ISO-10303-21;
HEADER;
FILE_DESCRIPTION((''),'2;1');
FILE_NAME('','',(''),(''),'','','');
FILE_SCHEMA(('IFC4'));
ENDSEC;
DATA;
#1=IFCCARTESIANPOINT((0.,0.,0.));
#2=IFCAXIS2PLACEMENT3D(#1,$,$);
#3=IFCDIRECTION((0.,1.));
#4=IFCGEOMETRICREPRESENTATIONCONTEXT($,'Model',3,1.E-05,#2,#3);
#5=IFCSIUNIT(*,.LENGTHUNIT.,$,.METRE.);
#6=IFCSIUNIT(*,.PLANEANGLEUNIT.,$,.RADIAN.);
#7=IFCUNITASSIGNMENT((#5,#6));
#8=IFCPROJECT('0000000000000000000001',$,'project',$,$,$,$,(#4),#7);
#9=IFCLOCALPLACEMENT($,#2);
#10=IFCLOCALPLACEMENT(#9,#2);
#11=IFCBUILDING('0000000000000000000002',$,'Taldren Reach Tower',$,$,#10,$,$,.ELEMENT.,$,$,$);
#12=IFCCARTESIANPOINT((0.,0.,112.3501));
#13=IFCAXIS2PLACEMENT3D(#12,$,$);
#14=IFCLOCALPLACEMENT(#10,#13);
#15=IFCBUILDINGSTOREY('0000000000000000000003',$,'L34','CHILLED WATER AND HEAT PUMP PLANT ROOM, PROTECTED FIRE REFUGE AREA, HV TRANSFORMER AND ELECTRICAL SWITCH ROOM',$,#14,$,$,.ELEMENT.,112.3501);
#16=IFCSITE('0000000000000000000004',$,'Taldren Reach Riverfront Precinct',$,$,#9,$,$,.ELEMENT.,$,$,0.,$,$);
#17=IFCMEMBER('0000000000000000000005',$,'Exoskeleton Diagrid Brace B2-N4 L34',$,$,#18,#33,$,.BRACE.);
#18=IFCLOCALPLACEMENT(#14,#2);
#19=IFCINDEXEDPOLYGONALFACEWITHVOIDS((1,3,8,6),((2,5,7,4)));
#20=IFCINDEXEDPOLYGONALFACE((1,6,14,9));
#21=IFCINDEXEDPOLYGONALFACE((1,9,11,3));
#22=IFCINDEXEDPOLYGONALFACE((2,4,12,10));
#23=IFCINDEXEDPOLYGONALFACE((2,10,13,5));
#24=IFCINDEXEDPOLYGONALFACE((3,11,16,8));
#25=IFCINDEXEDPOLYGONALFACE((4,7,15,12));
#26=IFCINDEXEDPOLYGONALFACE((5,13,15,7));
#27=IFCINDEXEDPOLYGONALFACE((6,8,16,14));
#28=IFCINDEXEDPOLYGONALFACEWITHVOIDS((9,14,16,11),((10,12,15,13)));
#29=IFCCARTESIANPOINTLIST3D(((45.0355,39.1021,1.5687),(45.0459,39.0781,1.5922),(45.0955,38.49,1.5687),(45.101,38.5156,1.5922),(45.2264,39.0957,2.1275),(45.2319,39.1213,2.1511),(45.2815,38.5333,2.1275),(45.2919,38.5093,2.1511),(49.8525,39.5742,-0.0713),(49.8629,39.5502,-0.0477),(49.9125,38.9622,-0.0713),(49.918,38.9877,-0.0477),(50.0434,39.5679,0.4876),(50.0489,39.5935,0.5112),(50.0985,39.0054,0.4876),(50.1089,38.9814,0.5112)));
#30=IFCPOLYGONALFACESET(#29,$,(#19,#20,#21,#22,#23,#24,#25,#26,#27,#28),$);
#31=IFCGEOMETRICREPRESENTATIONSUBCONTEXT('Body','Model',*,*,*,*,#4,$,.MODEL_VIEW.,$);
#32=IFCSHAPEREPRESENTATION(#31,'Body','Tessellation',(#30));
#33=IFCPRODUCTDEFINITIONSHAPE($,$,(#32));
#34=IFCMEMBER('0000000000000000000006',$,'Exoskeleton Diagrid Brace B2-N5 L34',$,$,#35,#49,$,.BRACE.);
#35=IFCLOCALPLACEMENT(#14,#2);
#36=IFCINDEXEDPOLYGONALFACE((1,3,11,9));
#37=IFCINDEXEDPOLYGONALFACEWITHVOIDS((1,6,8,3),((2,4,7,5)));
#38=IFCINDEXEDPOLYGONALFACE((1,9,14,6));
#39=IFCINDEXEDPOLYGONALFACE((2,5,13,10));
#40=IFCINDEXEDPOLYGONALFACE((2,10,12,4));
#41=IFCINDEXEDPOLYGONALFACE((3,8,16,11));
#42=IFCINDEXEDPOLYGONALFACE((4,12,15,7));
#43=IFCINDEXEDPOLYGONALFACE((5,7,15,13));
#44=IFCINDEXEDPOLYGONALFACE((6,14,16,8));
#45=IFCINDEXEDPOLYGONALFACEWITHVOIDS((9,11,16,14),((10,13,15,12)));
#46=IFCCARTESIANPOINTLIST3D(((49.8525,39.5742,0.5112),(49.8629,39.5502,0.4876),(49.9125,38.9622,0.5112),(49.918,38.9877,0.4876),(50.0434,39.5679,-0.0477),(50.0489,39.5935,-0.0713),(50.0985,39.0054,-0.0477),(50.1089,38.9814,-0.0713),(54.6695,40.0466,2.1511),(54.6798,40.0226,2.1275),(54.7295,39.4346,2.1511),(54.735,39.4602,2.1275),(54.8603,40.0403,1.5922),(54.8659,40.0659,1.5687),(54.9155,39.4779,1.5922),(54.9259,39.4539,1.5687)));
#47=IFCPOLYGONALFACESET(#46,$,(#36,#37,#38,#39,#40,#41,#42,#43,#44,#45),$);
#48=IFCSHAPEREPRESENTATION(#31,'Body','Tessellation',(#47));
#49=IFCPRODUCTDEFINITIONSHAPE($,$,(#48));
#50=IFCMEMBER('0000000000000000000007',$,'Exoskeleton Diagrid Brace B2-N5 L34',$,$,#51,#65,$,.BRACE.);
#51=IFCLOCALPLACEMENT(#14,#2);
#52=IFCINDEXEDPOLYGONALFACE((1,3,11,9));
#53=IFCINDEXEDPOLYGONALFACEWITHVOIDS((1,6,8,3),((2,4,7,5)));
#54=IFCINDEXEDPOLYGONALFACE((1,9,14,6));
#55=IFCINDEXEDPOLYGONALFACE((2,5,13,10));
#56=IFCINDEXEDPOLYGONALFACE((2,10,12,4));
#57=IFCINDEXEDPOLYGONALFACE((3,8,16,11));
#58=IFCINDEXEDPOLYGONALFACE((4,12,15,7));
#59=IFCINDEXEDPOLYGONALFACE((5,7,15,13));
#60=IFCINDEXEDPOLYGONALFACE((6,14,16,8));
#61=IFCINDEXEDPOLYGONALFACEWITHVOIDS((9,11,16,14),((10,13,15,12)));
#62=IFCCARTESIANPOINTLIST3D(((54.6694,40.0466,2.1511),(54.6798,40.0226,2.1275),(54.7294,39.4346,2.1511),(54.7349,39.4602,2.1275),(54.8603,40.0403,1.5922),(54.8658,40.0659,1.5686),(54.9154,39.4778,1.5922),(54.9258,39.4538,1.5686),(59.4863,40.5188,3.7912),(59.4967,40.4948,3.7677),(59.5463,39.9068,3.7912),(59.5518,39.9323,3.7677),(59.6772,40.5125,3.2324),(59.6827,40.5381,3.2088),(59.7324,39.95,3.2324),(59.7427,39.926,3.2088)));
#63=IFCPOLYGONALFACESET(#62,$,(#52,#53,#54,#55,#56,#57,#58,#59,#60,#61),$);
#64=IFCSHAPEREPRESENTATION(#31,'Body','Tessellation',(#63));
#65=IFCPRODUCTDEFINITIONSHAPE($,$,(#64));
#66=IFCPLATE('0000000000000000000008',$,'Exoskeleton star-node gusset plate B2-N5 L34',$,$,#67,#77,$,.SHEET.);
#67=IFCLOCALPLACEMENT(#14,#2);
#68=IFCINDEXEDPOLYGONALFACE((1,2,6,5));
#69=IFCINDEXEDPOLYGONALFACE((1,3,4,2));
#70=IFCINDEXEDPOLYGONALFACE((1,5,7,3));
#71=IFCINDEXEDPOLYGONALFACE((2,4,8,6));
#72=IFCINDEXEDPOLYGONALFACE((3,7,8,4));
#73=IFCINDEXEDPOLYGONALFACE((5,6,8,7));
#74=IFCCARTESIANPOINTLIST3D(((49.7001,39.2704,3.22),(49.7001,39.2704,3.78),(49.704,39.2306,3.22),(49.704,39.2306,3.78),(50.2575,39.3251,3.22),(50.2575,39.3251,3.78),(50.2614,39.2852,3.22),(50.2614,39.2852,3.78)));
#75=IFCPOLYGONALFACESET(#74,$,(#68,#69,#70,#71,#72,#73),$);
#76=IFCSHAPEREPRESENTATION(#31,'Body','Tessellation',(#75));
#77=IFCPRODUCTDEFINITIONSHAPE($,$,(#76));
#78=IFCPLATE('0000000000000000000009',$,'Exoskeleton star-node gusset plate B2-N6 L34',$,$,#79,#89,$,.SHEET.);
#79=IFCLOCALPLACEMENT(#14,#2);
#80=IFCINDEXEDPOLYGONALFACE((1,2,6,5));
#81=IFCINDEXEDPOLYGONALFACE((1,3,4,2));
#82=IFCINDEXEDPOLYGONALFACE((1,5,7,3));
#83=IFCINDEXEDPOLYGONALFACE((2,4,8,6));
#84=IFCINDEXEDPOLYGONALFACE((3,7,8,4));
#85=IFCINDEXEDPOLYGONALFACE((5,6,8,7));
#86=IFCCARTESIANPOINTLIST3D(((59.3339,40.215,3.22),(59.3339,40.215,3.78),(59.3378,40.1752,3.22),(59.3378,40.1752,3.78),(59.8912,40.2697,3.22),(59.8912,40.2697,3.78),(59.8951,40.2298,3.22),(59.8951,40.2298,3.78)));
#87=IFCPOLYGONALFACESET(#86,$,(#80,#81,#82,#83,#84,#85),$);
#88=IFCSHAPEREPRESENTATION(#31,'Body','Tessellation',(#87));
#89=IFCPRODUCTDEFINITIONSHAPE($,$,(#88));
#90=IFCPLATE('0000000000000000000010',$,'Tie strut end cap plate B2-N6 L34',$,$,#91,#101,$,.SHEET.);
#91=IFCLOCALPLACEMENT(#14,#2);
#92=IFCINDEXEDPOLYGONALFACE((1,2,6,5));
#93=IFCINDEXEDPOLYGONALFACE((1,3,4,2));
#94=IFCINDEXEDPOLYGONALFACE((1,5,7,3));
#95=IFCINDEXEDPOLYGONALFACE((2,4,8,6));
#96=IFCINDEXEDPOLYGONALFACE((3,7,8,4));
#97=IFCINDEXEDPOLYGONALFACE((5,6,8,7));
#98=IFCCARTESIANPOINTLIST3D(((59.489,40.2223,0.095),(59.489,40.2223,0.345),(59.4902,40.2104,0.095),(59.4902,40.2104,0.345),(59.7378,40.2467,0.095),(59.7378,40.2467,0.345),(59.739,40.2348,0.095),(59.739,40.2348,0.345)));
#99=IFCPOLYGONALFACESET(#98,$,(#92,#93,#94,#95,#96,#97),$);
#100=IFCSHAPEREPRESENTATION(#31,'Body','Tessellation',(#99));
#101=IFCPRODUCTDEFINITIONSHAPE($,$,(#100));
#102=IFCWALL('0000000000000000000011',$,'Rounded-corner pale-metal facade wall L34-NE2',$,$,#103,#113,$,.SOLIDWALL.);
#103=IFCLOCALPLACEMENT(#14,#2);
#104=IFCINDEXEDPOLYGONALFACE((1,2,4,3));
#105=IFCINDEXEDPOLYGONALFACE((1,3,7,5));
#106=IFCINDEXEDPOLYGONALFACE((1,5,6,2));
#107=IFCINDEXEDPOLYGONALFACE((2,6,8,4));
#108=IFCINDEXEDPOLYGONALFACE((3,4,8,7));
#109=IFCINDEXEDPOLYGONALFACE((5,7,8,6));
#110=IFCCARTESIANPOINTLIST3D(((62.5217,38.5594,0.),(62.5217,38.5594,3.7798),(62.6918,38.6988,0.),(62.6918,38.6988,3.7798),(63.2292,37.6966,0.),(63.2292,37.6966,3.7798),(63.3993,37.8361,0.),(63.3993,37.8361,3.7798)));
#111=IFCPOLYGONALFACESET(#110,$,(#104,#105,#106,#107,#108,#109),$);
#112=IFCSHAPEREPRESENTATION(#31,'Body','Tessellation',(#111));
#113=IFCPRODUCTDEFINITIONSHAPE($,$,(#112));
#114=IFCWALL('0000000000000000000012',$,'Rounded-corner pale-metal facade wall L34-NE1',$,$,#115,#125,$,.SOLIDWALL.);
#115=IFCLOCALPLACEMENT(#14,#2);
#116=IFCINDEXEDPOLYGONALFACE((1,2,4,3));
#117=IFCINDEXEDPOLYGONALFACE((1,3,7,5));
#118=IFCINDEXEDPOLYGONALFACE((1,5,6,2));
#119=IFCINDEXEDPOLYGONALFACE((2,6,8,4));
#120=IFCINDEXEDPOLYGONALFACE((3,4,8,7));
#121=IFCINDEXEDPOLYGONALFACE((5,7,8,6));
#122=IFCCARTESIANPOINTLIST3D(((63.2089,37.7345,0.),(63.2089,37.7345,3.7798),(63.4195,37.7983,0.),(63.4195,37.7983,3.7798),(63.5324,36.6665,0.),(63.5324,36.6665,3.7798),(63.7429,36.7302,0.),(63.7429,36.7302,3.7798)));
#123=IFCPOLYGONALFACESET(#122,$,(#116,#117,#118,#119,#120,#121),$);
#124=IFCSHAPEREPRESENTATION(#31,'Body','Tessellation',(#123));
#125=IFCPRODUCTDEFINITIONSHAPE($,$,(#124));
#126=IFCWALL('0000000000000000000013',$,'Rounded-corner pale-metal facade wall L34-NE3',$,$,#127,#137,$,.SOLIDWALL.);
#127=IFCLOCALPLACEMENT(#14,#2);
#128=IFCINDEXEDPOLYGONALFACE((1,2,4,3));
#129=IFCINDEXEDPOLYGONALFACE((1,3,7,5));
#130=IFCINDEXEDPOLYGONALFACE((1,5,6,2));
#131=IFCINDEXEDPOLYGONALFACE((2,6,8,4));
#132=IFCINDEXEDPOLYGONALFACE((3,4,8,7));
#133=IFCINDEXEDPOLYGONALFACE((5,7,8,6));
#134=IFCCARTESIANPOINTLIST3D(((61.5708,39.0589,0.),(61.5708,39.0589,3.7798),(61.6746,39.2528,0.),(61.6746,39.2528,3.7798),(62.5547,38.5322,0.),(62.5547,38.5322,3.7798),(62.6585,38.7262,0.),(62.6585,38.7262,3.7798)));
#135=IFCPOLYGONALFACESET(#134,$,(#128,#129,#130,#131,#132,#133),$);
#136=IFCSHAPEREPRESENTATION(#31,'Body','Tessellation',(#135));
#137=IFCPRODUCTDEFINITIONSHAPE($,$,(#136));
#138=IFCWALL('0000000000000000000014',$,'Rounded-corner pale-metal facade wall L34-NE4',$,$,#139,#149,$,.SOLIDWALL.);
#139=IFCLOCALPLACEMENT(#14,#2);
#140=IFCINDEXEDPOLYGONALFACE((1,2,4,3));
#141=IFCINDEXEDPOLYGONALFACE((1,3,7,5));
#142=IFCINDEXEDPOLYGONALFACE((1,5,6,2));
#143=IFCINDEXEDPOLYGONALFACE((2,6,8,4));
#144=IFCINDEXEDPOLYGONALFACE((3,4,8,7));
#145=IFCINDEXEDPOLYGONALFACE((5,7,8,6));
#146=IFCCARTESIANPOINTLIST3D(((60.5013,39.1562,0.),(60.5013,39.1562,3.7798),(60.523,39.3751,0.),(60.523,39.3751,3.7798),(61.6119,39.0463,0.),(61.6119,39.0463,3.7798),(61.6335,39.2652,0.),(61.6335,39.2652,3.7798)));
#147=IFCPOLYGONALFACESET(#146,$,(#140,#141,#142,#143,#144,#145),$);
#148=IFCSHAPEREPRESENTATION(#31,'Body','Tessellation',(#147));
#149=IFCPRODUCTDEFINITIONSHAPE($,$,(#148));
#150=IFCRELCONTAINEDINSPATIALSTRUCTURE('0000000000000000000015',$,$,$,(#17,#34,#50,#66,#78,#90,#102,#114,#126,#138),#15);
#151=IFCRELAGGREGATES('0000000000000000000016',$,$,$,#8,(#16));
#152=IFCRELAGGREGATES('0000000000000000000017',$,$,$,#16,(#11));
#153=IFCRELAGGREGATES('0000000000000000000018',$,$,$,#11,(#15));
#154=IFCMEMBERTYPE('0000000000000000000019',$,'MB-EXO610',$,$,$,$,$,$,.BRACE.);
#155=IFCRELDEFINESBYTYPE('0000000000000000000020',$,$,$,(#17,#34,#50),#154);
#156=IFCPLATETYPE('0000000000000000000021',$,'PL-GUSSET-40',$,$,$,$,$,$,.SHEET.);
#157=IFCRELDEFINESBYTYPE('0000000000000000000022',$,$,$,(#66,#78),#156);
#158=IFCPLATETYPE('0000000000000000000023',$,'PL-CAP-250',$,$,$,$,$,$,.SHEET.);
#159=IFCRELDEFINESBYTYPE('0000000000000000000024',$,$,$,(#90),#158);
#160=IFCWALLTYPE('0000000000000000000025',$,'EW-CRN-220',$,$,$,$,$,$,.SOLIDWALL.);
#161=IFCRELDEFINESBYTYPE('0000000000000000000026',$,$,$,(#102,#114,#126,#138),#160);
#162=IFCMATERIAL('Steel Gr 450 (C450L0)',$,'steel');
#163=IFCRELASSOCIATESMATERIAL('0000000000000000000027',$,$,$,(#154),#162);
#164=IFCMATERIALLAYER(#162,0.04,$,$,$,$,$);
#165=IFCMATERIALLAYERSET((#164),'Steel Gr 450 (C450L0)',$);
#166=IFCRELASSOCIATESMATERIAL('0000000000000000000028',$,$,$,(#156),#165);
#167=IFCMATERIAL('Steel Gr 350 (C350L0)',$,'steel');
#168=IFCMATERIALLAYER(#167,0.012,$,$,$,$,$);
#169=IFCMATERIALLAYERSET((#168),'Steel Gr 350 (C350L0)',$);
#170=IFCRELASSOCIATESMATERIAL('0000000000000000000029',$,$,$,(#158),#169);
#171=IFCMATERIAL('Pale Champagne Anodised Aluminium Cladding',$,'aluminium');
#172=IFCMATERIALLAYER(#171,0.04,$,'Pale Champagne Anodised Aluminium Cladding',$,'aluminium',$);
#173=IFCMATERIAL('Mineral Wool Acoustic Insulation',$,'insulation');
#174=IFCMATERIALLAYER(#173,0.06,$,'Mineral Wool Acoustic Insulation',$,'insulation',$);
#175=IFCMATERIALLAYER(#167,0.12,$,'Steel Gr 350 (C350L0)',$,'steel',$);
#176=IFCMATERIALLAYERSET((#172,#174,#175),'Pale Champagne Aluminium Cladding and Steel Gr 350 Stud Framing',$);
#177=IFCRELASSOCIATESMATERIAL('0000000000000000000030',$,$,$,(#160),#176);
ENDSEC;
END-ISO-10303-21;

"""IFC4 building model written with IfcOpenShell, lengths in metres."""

from ifc_helpers import new_model, si_unit, direction, frame, frame_2d, origin, origin_2d, place, context, subcontext, project, spatial, rectangle, hollow_rectangle, extrude, source, transform, mapped, material, layer, layer_set, material_profile, profile_set, type_object, element, save


model = new_model("IFC4")

# Units and contexts
model_context = context("Model", 3, precision=1e-05, world=origin(), true_north=direction((0.0, 1.0)))
body_context = subcontext(model_context, "Body", "Model", "MODEL_VIEW")
ifc_project = project(units=[si_unit("LENGTHUNIT", "METRE"), si_unit("PLANEANGLEUNIT", "RADIAN")], contexts=[model_context])

# Site, building, storey
site_placement = place(None, origin())
site = spatial("IfcSite", under=ifc_project, at=site_placement, Name="Taldren Reach Riverfront Precinct", CompositionType="ELEMENT", RefElevation=0.0)
building_placement = place(site_placement, origin())
building = spatial("IfcBuilding", under=site, at=building_placement, Name="Taldren Reach Tower", CompositionType="ELEMENT")
storey_placement = place(building_placement, frame((0.0, 0.0, 112.3501)))
storey = spatial("IfcBuildingStorey", under=building, at=storey_placement, Name="L34", Description="CHILLED WATER AND HEAT PUMP PLANT ROOM, PROTECTED FIRE REFUGE AREA, HV TRANSFORMER AND ELECTRICAL SWITCH ROOM", CompositionType="ELEMENT", Elevation=112.3501)

# Shared definitions
ifc_material_1 = material(Name="Steel Gr 450 (C450L0)", Category="steel")
ifc_material_2 = material(Name="Steel Gr 350 (C350L0)", Category="steel")

# Members
ifc_material_profile_1 = material_profile(ifc_material_1, hollow_rectangle(XDim=0.615, YDim=0.615, WallThickness=0.0249, at=origin_2d()), Name="615x615x25.0SHS")
ifc_profile_set_1 = profile_set([ifc_material_profile_1], Name="Steel Gr 450 (C450L0)")
member_type_1 = type_object("IfcMemberType", Name="MB-EXO610", PredefinedType="BRACE", material=ifc_profile_set_1)
shared_shape_1 = source(origin(), body_context, "Body", "SweptSolid", [
    extrude(hollow_rectangle(XDim=0.615, YDim=0.615, WallThickness=0.0249, at=origin_2d()), origin(), (0.0, 0.0, 1.0), 5.1104),
])
for number, where, z_axis, x_axis, name in (
    (1, (49.9807, 39.2778, 0.22), (-0.942595, -0.092396, 0.320903), (0.097556, -0.99523, 0.0), "Exoskeleton Diagrid Brace B2-N4 L34"),
    (2, (49.9807, 39.2778, 0.22), (0.94259, 0.092444, 0.320901), (-0.097606, 0.995225, 0.0), "Exoskeleton Diagrid Brace B2-N5 L34"),
    (3, (54.7976, 39.7502, 1.8599), (0.94258, 0.092395, 0.320945), (-0.097556, 0.99523, 0.0), "Exoskeleton Diagrid Brace B2-N5 L34"),
):
    element("IfcMember", number, at=place(storey_placement, frame(where, z_axis=z_axis, x_axis=x_axis)), inside=storey, type_object=member_type_1, Name=name, PredefinedType="BRACE", context=body_context, shape_type="MappedRepresentation", body=[
        mapped(shared_shape_1, transform((0.0, 0.0, 0.0), scale=1.0)),
    ])

# Plates
ifc_layer_1 = layer(ifc_material_1, 0.04)
ifc_layer_set_1 = layer_set([ifc_layer_1], Name="Steel Gr 450 (C450L0)")
plate_type_1 = type_object("IfcPlateType", Name="PL-GUSSET-40", PredefinedType="SHEET", material=ifc_layer_set_1)
shared_shape_2 = source(origin(), body_context, "Body", "SweptSolid", [
    extrude(rectangle(XDim=0.5601, YDim=0.04, at=origin_2d()), origin(), (0.0, 0.0, 1.0), 0.5601),
])
for number, where, z_axis, x_axis, name in (
    (4, (49.9807, 39.2778, 3.22), (0.0, 0.0, 1.0), (0.995227, 0.097583, 0.0), "Exoskeleton star-node gusset plate B2-N5 L34"),
    (5, (59.6145, 40.2224, 3.22), (0.0, 0.0, 1.0), (0.995227, 0.097583, 0.0), "Exoskeleton star-node gusset plate B2-N6 L34"),
):
    element("IfcPlate", number, at=place(storey_placement, frame(where, z_axis=z_axis, x_axis=x_axis)), inside=storey, type_object=plate_type_1, Name=name, PredefinedType="SHEET", context=body_context, shape_type="MappedRepresentation", body=[
        mapped(shared_shape_2, transform((0.0, 0.0, 0.0), scale=1.0)),
    ])
ifc_layer_2 = layer(ifc_material_2, 0.012)
ifc_layer_set_2 = layer_set([ifc_layer_2], Name="Steel Gr 350 (C350L0)")
plate_type_2 = type_object("IfcPlateType", Name="PL-CAP-250", PredefinedType="SHEET", material=ifc_layer_set_2)
shared_shape_3 = source(origin(), body_context, "Body", "SweptSolid", [
    extrude(rectangle(XDim=0.25, YDim=0.012, at=origin_2d()), origin(), (0.0, 0.0, 1.0), 0.25),
])
plate_placement = place(storey_placement, frame((59.614, 40.2285, 0.095), z_axis=(0.0, 0.0, 1.0), x_axis=(0.995227, 0.097583, 0.0)))
element("IfcPlate", 6, at=plate_placement, inside=storey, type_object=plate_type_2, Name="Tie strut end cap plate B2-N6 L34", PredefinedType="SHEET", context=body_context, shape_type="MappedRepresentation", body=[
    mapped(shared_shape_3, transform((0.0, 0.0, 0.0), scale=1.0)),
])

# Walls
ifc_material_3 = material(Name="Pale Champagne Anodised Aluminium Cladding", Category="aluminium")
ifc_layer_3 = layer(ifc_material_3, 0.04, Name="Pale Champagne Anodised Aluminium Cladding", Category="aluminium")
ifc_material_4 = material(Name="Mineral Wool Acoustic Insulation", Category="insulation")
ifc_layer_4 = layer(ifc_material_4, 0.06, Name="Mineral Wool Acoustic Insulation", Category="insulation")
ifc_layer_5 = layer(ifc_material_2, 0.12, Name="Steel Gr 350 (C350L0)", Category="steel")
ifc_layer_set_3 = layer_set([ifc_layer_3, ifc_layer_4, ifc_layer_5], Name="Pale Champagne Aluminium Cladding and Steel Gr 350 Stud Framing")
wall_type_1 = type_object("IfcWallType", Name="EW-CRN-220", PredefinedType="SOLIDWALL", material=ifc_layer_set_3)
shared_shape_4 = source(origin(), body_context, "Body", "SweptSolid", [
    extrude(rectangle(XDim=1.1157, YDim=0.22, at=frame_2d((0.5579, 0.0))), origin(), (0.0, 0.0, 1.0), 3.7798),
])
wall_1_placement = place(storey_placement, frame((63.3142, 37.7664, 0.0), z_axis=(0.0, 0.0, 1.0), x_axis=(-0.634095, 0.773255, 0.0)))
element("IfcWall", 7, at=wall_1_placement, inside=storey, type_object=wall_type_1, Name="Rounded-corner pale-metal facade wall L34-NE2", PredefinedType="SOLIDWALL", context=body_context, shape_type="MappedRepresentation", body=[
    mapped(shared_shape_4, transform((0.0, 0.0, 0.0), scale=1.0)),
])
shared_shape_5 = source(origin(), body_context, "Body", "SweptSolid", [
    extrude(rectangle(XDim=1.116, YDim=0.22, at=frame_2d((0.5581, 0.0))), origin(), (0.0, 0.0, 1.0), 3.7798),
])
for number, where, z_axis, x_axis, name in (
    (8, (63.6377, 36.6982, 0.0), (0.0, 0.0, 1.0), (-0.289856, 0.95707, 0.0), "Rounded-corner pale-metal facade wall L34-NE1"),
    (9, (62.6067, 38.6292, 0.0), (0.0, 0.0, 1.0), (-0.881656, 0.471894, 0.0), "Rounded-corner pale-metal facade wall L34-NE3"),
    (10, (61.6228, 39.1558, 0.0), (0.0, 0.0, 1.0), (-0.995143, 0.098442, 0.0), "Rounded-corner pale-metal facade wall L34-NE4"),
):
    element("IfcWall", number, at=place(storey_placement, frame(where, z_axis=z_axis, x_axis=x_axis)), inside=storey, type_object=wall_type_1, Name=name, PredefinedType="SOLIDWALL", context=body_context, shape_type="MappedRepresentation", body=[
        mapped(shared_shape_5, transform((0.0, 0.0, 0.0), scale=1.0)),
    ])

save(model, "model.ifc")
